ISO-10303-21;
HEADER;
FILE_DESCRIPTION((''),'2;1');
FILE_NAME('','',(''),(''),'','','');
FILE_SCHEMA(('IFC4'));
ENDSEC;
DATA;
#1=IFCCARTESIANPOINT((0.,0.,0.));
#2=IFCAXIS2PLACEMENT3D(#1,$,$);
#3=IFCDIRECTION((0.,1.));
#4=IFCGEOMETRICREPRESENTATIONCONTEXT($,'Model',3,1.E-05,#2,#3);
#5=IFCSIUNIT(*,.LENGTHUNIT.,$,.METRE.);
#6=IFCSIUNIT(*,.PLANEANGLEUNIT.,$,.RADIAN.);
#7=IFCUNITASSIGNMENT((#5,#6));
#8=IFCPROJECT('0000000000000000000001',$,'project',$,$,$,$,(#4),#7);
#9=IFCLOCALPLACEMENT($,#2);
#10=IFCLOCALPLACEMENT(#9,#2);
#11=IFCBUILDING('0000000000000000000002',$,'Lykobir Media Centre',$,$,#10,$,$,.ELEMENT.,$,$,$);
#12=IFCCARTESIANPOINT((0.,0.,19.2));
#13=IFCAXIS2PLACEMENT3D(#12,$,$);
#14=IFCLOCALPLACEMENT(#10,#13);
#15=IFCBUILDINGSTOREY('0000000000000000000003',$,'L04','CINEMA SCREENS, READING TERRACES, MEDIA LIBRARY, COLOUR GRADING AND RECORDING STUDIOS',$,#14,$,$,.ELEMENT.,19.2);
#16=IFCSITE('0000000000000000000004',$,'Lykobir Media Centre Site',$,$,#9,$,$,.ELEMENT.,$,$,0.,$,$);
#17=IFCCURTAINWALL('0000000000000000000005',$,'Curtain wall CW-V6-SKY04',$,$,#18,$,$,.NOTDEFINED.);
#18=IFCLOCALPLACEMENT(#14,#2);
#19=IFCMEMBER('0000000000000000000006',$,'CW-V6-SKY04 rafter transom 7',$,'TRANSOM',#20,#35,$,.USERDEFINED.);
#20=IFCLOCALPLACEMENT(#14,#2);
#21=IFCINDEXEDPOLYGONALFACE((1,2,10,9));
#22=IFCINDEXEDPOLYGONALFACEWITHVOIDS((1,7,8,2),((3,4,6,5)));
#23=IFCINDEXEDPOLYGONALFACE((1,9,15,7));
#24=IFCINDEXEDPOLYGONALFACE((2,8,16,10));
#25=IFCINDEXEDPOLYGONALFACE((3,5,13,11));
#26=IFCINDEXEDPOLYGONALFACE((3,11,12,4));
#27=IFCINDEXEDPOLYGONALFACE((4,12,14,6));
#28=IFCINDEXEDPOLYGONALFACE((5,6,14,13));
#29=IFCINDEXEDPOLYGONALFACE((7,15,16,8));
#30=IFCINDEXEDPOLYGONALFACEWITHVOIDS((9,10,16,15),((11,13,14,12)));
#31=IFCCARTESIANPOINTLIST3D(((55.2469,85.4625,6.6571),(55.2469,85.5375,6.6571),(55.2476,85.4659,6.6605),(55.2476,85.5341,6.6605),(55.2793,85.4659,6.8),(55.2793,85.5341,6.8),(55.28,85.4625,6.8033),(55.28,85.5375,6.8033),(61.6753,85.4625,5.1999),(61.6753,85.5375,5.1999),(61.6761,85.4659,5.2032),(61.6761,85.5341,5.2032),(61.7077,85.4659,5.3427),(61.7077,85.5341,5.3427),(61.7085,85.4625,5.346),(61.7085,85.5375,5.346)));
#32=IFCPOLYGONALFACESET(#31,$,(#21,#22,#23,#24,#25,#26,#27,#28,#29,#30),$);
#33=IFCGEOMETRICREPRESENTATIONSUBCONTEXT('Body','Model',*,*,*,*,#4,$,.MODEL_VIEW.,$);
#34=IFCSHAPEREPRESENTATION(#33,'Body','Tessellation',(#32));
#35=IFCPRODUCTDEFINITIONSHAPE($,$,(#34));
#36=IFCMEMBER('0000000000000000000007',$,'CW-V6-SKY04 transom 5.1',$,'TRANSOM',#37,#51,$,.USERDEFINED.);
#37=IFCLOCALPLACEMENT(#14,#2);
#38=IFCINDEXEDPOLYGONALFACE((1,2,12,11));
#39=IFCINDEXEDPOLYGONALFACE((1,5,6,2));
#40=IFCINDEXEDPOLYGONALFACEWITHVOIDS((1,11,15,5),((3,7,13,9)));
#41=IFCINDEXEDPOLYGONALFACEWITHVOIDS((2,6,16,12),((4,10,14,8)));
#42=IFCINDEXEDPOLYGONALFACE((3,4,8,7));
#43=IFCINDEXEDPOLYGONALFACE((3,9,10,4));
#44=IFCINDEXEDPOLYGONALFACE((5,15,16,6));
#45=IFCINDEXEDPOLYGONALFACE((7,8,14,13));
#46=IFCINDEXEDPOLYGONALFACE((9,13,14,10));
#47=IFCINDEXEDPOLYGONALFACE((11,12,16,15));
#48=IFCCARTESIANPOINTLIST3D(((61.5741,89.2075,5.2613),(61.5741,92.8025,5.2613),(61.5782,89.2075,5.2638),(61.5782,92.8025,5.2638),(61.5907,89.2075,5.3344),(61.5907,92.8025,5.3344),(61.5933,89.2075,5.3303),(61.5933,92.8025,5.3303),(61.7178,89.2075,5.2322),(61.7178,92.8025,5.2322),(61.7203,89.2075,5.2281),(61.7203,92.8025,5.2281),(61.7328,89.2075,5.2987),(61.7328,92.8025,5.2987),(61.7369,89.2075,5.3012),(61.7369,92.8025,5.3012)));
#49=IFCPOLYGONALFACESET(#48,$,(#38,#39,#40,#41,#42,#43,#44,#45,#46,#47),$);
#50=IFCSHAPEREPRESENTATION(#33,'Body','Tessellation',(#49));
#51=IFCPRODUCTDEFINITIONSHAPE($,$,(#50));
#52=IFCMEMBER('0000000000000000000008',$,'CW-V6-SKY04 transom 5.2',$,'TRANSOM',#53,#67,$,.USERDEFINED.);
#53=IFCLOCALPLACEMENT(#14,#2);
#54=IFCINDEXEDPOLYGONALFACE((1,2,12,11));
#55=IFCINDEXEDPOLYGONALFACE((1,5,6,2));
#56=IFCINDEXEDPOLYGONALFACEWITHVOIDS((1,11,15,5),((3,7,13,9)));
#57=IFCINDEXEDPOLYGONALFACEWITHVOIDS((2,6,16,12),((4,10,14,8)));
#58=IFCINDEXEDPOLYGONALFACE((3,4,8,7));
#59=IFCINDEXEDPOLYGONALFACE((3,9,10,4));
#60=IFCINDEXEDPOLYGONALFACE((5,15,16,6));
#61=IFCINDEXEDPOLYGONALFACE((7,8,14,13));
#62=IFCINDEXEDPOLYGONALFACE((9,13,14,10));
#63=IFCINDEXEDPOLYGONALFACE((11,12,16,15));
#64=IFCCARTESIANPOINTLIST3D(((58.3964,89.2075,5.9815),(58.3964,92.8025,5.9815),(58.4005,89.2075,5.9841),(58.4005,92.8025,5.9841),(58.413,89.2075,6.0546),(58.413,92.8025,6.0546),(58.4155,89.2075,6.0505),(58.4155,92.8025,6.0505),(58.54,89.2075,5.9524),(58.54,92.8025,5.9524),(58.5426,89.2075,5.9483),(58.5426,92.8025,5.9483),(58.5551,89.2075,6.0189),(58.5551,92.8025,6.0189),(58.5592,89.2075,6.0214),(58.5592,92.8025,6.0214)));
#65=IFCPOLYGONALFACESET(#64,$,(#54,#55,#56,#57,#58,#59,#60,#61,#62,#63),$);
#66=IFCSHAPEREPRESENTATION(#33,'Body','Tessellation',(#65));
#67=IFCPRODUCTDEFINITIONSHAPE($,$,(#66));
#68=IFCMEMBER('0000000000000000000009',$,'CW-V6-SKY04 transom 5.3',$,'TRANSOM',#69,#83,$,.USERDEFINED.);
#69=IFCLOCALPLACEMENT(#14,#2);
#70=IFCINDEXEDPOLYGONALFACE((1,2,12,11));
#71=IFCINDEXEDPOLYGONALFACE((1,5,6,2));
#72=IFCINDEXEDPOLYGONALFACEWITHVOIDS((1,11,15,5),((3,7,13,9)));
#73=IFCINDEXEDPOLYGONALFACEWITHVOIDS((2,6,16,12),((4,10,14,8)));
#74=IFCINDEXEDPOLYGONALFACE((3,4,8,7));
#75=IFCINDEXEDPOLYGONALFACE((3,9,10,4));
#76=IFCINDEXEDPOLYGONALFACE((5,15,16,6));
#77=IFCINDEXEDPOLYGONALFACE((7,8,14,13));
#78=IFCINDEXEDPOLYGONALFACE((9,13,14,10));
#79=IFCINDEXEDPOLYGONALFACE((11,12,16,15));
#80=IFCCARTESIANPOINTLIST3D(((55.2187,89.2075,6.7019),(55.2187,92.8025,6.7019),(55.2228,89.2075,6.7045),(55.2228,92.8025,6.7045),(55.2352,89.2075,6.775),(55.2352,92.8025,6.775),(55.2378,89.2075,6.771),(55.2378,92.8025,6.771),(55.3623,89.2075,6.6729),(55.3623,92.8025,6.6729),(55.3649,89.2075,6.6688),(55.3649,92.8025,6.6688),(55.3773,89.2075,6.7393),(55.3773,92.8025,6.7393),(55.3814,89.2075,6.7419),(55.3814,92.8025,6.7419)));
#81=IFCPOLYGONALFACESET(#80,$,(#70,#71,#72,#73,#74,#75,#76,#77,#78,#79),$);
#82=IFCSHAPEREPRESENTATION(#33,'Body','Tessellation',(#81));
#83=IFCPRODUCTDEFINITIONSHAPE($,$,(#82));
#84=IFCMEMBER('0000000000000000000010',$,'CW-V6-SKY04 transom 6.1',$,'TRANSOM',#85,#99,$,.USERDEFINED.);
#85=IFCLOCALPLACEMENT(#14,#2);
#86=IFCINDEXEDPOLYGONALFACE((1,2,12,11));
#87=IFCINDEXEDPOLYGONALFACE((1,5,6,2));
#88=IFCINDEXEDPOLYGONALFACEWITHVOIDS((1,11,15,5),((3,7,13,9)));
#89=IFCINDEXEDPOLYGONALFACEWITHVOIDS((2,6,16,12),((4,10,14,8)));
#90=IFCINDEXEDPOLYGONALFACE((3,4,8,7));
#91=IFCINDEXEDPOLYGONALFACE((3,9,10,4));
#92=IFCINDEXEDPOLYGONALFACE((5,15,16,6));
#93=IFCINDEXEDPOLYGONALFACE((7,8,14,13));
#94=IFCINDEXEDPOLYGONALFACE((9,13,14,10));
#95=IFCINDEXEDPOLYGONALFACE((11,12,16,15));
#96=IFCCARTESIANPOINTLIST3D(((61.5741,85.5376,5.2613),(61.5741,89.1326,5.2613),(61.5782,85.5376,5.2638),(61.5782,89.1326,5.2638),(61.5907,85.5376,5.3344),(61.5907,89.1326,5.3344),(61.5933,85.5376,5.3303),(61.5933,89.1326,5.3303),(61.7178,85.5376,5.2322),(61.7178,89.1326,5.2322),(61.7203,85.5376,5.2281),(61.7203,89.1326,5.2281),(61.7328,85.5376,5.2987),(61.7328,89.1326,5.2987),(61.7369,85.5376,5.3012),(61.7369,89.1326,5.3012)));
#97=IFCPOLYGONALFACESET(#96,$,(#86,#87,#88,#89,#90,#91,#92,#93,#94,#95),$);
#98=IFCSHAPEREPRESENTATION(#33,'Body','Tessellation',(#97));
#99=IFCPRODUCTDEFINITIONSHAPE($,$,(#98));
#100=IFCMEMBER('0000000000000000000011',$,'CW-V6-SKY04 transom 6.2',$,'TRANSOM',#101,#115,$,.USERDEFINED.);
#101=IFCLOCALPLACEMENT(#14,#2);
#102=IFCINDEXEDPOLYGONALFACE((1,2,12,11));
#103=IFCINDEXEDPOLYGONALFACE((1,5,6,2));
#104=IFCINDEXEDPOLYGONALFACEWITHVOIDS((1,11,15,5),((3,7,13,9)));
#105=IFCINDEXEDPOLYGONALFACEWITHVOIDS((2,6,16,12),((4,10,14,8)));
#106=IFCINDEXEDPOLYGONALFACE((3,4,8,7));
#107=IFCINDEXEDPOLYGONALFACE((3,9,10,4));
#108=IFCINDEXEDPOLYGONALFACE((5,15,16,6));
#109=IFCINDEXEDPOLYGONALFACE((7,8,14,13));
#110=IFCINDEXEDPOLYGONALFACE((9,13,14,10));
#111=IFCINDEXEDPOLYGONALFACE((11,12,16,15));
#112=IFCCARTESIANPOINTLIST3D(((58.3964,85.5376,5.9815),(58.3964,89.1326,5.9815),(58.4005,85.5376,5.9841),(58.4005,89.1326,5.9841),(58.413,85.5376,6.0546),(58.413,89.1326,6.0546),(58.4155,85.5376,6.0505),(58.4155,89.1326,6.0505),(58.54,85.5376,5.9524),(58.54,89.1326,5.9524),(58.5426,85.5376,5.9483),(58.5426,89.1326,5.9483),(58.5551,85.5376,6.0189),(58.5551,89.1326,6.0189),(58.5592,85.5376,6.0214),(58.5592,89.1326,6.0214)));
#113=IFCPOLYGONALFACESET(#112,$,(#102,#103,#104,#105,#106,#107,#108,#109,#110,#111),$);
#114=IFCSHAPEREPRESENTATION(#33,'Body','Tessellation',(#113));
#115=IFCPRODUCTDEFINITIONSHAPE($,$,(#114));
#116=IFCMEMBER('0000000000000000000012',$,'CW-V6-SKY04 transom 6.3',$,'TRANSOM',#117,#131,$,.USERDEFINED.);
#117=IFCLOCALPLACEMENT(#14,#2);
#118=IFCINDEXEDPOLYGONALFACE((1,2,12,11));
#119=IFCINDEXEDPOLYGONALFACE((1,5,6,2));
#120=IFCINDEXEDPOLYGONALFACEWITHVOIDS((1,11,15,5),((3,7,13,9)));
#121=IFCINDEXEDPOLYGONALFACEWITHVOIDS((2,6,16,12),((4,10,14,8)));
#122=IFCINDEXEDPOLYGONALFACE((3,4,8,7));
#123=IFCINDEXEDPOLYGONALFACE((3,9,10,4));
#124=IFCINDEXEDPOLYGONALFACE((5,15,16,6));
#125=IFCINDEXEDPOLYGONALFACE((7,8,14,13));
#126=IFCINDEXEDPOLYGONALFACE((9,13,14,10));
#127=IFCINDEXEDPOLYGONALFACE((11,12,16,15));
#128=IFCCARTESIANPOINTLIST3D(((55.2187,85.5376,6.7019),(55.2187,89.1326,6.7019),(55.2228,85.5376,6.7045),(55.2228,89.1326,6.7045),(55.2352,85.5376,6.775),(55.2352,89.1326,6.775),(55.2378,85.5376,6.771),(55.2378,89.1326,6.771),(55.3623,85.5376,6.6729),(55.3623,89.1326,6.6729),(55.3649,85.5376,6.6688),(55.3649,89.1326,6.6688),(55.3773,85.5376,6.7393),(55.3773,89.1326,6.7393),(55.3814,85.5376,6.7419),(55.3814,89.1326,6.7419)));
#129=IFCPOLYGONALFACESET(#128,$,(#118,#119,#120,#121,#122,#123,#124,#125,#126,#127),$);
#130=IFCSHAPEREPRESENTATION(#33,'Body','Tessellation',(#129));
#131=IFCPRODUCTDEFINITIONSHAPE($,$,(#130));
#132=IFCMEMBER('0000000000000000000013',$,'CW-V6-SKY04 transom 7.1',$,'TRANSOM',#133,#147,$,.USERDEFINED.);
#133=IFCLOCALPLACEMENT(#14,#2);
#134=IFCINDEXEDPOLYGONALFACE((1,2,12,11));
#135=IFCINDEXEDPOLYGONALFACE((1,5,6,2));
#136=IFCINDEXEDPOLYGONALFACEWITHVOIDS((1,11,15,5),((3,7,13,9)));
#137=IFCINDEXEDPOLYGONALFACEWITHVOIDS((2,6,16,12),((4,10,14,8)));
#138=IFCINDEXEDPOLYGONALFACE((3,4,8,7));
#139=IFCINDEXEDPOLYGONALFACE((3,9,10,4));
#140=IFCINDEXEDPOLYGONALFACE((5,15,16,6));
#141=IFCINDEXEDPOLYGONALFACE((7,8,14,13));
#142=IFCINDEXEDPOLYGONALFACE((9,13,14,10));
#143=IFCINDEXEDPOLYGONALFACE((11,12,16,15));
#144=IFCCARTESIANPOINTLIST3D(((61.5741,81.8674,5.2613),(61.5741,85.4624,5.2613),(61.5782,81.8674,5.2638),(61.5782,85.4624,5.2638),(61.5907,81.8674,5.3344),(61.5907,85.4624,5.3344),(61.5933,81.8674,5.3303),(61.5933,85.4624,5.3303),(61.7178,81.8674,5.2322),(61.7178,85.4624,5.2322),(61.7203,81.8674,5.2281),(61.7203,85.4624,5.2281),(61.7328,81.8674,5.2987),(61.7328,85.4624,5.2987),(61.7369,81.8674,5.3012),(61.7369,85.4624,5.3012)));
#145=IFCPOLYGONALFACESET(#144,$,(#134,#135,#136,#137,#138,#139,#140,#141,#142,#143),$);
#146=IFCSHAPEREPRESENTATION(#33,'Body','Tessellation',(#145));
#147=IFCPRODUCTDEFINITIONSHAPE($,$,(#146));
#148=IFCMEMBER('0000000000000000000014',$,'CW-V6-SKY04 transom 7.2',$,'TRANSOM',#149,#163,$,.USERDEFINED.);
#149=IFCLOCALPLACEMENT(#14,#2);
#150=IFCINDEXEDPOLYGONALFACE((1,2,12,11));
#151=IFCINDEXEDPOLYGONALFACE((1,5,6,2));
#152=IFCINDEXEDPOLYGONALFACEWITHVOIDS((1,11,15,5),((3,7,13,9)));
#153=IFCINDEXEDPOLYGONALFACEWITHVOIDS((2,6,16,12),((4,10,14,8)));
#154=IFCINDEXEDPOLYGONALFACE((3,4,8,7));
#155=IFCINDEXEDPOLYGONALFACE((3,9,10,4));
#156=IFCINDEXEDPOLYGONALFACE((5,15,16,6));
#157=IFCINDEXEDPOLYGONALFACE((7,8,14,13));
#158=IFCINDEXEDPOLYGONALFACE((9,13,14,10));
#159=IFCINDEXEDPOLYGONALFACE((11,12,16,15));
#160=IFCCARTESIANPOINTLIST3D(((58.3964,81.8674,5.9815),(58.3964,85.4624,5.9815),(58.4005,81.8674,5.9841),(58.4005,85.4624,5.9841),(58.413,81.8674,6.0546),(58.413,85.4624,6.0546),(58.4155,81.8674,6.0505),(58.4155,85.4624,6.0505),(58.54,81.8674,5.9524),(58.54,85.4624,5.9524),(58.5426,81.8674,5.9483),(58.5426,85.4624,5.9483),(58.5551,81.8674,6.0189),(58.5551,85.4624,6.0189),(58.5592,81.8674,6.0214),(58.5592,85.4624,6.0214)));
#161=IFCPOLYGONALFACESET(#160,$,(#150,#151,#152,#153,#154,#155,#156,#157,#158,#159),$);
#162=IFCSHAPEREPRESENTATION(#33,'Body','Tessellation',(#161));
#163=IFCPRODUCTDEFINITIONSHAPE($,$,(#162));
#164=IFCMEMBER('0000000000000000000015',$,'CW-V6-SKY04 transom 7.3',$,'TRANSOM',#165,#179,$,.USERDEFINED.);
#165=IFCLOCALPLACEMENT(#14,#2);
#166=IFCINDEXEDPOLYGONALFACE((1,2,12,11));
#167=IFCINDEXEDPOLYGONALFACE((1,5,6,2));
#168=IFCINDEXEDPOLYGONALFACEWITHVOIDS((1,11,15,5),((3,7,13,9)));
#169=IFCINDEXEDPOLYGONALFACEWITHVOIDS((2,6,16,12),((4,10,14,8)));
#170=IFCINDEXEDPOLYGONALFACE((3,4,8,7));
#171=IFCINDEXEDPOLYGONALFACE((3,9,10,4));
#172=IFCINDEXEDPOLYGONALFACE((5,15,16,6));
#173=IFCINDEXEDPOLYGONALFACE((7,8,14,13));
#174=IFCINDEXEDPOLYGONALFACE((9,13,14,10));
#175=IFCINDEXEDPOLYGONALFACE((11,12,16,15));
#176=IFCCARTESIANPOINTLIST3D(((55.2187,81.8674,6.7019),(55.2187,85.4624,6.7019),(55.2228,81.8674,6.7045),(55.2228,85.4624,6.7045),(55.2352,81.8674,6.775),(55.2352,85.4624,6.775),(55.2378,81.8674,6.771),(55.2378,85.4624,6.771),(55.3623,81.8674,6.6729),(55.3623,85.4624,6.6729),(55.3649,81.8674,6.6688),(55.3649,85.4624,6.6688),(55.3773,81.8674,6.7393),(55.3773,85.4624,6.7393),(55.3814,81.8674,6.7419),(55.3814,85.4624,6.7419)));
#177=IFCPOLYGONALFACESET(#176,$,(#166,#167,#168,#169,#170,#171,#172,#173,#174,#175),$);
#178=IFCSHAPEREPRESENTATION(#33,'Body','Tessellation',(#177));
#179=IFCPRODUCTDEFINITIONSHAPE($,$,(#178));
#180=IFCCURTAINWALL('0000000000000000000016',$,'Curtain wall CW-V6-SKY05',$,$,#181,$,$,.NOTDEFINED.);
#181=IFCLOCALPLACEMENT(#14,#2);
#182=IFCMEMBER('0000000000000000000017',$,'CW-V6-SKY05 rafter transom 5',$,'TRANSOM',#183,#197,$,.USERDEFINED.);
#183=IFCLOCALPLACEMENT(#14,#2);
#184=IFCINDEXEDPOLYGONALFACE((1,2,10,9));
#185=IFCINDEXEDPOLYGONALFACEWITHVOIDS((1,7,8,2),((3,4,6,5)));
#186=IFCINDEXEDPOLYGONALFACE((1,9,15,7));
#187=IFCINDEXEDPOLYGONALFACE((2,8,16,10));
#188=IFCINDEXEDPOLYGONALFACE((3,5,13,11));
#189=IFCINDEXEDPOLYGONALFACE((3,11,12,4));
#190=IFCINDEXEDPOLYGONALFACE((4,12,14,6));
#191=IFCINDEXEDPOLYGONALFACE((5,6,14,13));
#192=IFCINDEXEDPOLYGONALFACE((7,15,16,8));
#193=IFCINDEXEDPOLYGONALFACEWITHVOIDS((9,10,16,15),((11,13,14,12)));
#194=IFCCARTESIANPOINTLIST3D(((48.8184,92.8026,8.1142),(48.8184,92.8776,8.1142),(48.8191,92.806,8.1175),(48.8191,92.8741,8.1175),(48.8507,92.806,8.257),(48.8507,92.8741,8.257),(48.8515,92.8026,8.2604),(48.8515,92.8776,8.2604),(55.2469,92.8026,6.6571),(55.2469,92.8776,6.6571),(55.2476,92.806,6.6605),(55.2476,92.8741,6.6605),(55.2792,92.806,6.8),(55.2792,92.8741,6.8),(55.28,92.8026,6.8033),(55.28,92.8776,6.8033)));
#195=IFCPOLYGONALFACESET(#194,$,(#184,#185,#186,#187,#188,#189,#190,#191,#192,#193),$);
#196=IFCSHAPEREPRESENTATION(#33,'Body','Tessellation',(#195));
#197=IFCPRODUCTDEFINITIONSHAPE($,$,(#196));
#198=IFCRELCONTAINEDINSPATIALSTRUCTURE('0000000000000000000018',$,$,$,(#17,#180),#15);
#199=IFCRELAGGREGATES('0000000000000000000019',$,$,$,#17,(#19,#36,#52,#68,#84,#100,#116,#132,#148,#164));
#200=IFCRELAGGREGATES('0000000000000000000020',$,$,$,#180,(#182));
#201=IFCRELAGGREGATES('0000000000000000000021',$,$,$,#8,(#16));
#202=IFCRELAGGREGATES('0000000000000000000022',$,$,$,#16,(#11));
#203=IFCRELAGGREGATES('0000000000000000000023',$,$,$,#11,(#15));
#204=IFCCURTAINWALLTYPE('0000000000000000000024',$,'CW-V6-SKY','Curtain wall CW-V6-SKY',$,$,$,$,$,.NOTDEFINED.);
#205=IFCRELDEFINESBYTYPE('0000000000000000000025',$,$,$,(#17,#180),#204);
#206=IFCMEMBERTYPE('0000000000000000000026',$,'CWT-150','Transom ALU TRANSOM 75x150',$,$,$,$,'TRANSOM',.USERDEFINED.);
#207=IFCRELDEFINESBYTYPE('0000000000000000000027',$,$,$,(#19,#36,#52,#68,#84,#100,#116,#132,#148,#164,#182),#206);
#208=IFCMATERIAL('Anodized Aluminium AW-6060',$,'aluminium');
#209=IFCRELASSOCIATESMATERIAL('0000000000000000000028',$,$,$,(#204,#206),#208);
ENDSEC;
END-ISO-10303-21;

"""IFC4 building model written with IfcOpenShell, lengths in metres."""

from ifc_helpers import new_model, si_unit, direction, frame, origin, origin_2d, place, context, subcontext, project, spatial, hollow_rectangle, extrude, material, material_profile, profile_set, type_object, element, aggregate, save


model = new_model("IFC4")

# Units and contexts
model_context = context("Model", 3, precision=1e-05, world=origin(), true_north=direction((0.0, 1.0)))
body_context = subcontext(model_context, "Body", "Model", "MODEL_VIEW")
ifc_project = project(units=[si_unit("LENGTHUNIT", "METRE"), si_unit("PLANEANGLEUNIT", "RADIAN")], contexts=[model_context])

# Site, building, storey
site_placement = place(None, origin())
site = spatial("IfcSite", under=ifc_project, at=site_placement, Name="Lykobir Media Centre Site", CompositionType="ELEMENT", RefElevation=0.0)
building_placement = place(site_placement, origin())
building = spatial("IfcBuilding", under=site, at=building_placement, Name="Lykobir Media Centre", CompositionType="ELEMENT")
storey_placement = place(building_placement, frame((0.0, 0.0, 19.2)))
storey = spatial("IfcBuildingStorey", under=building, at=storey_placement, Name="L04", Description="CINEMA SCREENS, READING TERRACES, MEDIA LIBRARY, COLOUR GRADING AND RECORDING STUDIOS", CompositionType="ELEMENT", Elevation=19.2)

# Curtain walls, members
ifc_material_1 = material(Name="Anodized Aluminium AW-6060", Category="aluminium")
curtain_wall_type = type_object("IfcCurtainWallType", Name="CW-V6-SKY", Description="Curtain wall CW-V6-SKY", PredefinedType="NOTDEFINED", material=ifc_material_1)
ifc_material_profile_1 = material_profile(ifc_material_1, hollow_rectangle(XDim=0.075, YDim=0.1499, WallThickness=0.0034, at=origin_2d()), Name="ALU TRANSOM 75x150")
ifc_profile_set_1 = profile_set([ifc_material_profile_1], Name="Anodized Aluminium AW-6060")
member_type_1 = type_object("IfcMemberType", Name="CWT-150", Description="Transom ALU TRANSOM 75x150", ElementType="TRANSOM", PredefinedType="USERDEFINED", material=ifc_profile_set_1)
curtain_wall_1_placement = place(storey_placement, origin())
curtain_wall_1 = element("IfcCurtainWall", 1, at=curtain_wall_1_placement, inside=storey, type_object=curtain_wall_type, Name="Curtain wall CW-V6-SKY04", PredefinedType="NOTDEFINED")
member_1_placement = place(storey_placement, frame((61.6919, 85.5, 5.2729), z_axis=(-0.975255, 0.0, 0.221082), x_axis=(0.0, -1.0, 0.0)))
member_1 = element("IfcMember", 2, at=member_1_placement, type_object=member_type_1, Name="CW-V6-SKY04 rafter transom 7", ObjectType="TRANSOM", PredefinedType="USERDEFINED", context=body_context, shape_type="SweptSolid", body=[
    extrude(hollow_rectangle(XDim=0.075, YDim=0.1499, WallThickness=0.0034, at=origin_2d()), origin(), (0.0, 0.0, 1.0), 6.5916),
])
member_2_placement = place(storey_placement, frame((61.6555, 92.8025, 5.2812), z_axis=(0.0, -1.0, 0.0), x_axis=(0.221072, 0.0, 0.975258)))
member_2 = element("IfcMember", 3, at=member_2_placement, type_object=member_type_1, Name="CW-V6-SKY04 transom 5.1", ObjectType="TRANSOM", PredefinedType="USERDEFINED", context=body_context, shape_type="SweptSolid", body=[
    extrude(hollow_rectangle(XDim=0.075, YDim=0.1499, WallThickness=0.0034, at=origin_2d()), origin(), (0.0, 0.0, 1.0), 3.595),
])
member_3_placement = place(storey_placement, frame((58.4778, 92.8025, 6.0015), z_axis=(0.0, -1.0, 0.0), x_axis=(0.221072, 0.0, 0.975258)))
member_3 = element("IfcMember", 4, at=member_3_placement, type_object=member_type_1, Name="CW-V6-SKY04 transom 5.2", ObjectType="TRANSOM", PredefinedType="USERDEFINED", context=body_context, shape_type="SweptSolid", body=[
    extrude(hollow_rectangle(XDim=0.075, YDim=0.1499, WallThickness=0.0034, at=origin_2d()), origin(), (0.0, 0.0, 1.0), 3.595),
])
member_4_placement = place(storey_placement, frame((55.3, 92.8025, 6.7219), z_axis=(0.0, -1.0, 0.0), x_axis=(0.221072, 0.0, 0.975258)))
member_4 = element("IfcMember", 5, at=member_4_placement, type_object=member_type_1, Name="CW-V6-SKY04 transom 5.3", ObjectType="TRANSOM", PredefinedType="USERDEFINED", context=body_context, shape_type="SweptSolid", body=[
    extrude(hollow_rectangle(XDim=0.075, YDim=0.1499, WallThickness=0.0034, at=origin_2d()), origin(), (0.0, 0.0, 1.0), 3.595),
])
member_5_placement = place(storey_placement, frame((61.6555, 89.1326, 5.2812), z_axis=(0.0, -1.0, 0.0), x_axis=(0.221072, 0.0, 0.975258)))
member_5 = element("IfcMember", 6, at=member_5_placement, type_object=member_type_1, Name="CW-V6-SKY04 transom 6.1", ObjectType="TRANSOM", PredefinedType="USERDEFINED", context=body_context, shape_type="SweptSolid", body=[
    extrude(hollow_rectangle(XDim=0.075, YDim=0.1499, WallThickness=0.0034, at=origin_2d()), origin(), (0.0, 0.0, 1.0), 3.595),
])
member_6_placement = place(storey_placement, frame((58.4778, 89.1326, 6.0015), z_axis=(0.0, -1.0, 0.0), x_axis=(0.221072, 0.0, 0.975258)))
member_6 = element("IfcMember", 7, at=member_6_placement, type_object=member_type_1, Name="CW-V6-SKY04 transom 6.2", ObjectType="TRANSOM", PredefinedType="USERDEFINED", context=body_context, shape_type="SweptSolid", body=[
    extrude(hollow_rectangle(XDim=0.075, YDim=0.1499, WallThickness=0.0034, at=origin_2d()), origin(), (0.0, 0.0, 1.0), 3.595),
])
member_7_placement = place(storey_placement, frame((55.3, 89.1326, 6.7219), z_axis=(0.0, -1.0, 0.0), x_axis=(0.221072, 0.0, 0.975258)))
member_7 = element("IfcMember", 8, at=member_7_placement, type_object=member_type_1, Name="CW-V6-SKY04 transom 6.3", ObjectType="TRANSOM", PredefinedType="USERDEFINED", context=body_context, shape_type="SweptSolid", body=[
    extrude(hollow_rectangle(XDim=0.075, YDim=0.1499, WallThickness=0.0034, at=origin_2d()), origin(), (0.0, 0.0, 1.0), 3.595),
])
member_8_placement = place(storey_placement, frame((61.6555, 85.4624, 5.2812), z_axis=(0.0, -1.0, 0.0), x_axis=(0.221072, 0.0, 0.975258)))
member_8 = element("IfcMember", 9, at=member_8_placement, type_object=member_type_1, Name="CW-V6-SKY04 transom 7.1", ObjectType="TRANSOM", PredefinedType="USERDEFINED", context=body_context, shape_type="SweptSolid", body=[
    extrude(hollow_rectangle(XDim=0.075, YDim=0.1499, WallThickness=0.0034, at=origin_2d()), origin(), (0.0, 0.0, 1.0), 3.595),
])
member_9_placement = place(storey_placement, frame((58.4778, 85.4624, 6.0015), z_axis=(0.0, -1.0, 0.0), x_axis=(0.221072, 0.0, 0.975258)))
member_9 = element("IfcMember", 10, at=member_9_placement, type_object=member_type_1, Name="CW-V6-SKY04 transom 7.2", ObjectType="TRANSOM", PredefinedType="USERDEFINED", context=body_context, shape_type="SweptSolid", body=[
    extrude(hollow_rectangle(XDim=0.075, YDim=0.1499, WallThickness=0.0034, at=origin_2d()), origin(), (0.0, 0.0, 1.0), 3.595),
])
member_10_placement = place(storey_placement, frame((55.3, 85.4624, 6.7219), z_axis=(0.0, -1.0, 0.0), x_axis=(0.221072, 0.0, 0.975258)))
member_10 = element("IfcMember", 11, at=member_10_placement, type_object=member_type_1, Name="CW-V6-SKY04 transom 7.3", ObjectType="TRANSOM", PredefinedType="USERDEFINED", context=body_context, shape_type="SweptSolid", body=[
    extrude(hollow_rectangle(XDim=0.075, YDim=0.1499, WallThickness=0.0034, at=origin_2d()), origin(), (0.0, 0.0, 1.0), 3.595),
])
curtain_wall_2_placement = place(storey_placement, origin())
curtain_wall_2 = element("IfcCurtainWall", 12, at=curtain_wall_2_placement, inside=storey, type_object=curtain_wall_type, Name="Curtain wall CW-V6-SKY05", PredefinedType="NOTDEFINED")
member_11_placement = place(storey_placement, frame((55.2634, 92.8401, 6.7302), z_axis=(-0.975263, 0.0, 0.221046), x_axis=(0.0, -1.0, 0.0)))
member_11 = element("IfcMember", 13, at=member_11_placement, type_object=member_type_1, Name="CW-V6-SKY05 rafter transom 5", ObjectType="TRANSOM", PredefinedType="USERDEFINED", context=body_context, shape_type="SweptSolid", body=[
    extrude(hollow_rectangle(XDim=0.075, YDim=0.1499, WallThickness=0.0034, at=origin_2d()), origin(), (0.0, 0.0, 1.0), 6.5916),
])

aggregate(curtain_wall_1, [member_1, member_2, member_3, member_4, member_5, member_6, member_7, member_8, member_9, member_10])
aggregate(curtain_wall_2, [member_11])

save(model, "model.ifc")
